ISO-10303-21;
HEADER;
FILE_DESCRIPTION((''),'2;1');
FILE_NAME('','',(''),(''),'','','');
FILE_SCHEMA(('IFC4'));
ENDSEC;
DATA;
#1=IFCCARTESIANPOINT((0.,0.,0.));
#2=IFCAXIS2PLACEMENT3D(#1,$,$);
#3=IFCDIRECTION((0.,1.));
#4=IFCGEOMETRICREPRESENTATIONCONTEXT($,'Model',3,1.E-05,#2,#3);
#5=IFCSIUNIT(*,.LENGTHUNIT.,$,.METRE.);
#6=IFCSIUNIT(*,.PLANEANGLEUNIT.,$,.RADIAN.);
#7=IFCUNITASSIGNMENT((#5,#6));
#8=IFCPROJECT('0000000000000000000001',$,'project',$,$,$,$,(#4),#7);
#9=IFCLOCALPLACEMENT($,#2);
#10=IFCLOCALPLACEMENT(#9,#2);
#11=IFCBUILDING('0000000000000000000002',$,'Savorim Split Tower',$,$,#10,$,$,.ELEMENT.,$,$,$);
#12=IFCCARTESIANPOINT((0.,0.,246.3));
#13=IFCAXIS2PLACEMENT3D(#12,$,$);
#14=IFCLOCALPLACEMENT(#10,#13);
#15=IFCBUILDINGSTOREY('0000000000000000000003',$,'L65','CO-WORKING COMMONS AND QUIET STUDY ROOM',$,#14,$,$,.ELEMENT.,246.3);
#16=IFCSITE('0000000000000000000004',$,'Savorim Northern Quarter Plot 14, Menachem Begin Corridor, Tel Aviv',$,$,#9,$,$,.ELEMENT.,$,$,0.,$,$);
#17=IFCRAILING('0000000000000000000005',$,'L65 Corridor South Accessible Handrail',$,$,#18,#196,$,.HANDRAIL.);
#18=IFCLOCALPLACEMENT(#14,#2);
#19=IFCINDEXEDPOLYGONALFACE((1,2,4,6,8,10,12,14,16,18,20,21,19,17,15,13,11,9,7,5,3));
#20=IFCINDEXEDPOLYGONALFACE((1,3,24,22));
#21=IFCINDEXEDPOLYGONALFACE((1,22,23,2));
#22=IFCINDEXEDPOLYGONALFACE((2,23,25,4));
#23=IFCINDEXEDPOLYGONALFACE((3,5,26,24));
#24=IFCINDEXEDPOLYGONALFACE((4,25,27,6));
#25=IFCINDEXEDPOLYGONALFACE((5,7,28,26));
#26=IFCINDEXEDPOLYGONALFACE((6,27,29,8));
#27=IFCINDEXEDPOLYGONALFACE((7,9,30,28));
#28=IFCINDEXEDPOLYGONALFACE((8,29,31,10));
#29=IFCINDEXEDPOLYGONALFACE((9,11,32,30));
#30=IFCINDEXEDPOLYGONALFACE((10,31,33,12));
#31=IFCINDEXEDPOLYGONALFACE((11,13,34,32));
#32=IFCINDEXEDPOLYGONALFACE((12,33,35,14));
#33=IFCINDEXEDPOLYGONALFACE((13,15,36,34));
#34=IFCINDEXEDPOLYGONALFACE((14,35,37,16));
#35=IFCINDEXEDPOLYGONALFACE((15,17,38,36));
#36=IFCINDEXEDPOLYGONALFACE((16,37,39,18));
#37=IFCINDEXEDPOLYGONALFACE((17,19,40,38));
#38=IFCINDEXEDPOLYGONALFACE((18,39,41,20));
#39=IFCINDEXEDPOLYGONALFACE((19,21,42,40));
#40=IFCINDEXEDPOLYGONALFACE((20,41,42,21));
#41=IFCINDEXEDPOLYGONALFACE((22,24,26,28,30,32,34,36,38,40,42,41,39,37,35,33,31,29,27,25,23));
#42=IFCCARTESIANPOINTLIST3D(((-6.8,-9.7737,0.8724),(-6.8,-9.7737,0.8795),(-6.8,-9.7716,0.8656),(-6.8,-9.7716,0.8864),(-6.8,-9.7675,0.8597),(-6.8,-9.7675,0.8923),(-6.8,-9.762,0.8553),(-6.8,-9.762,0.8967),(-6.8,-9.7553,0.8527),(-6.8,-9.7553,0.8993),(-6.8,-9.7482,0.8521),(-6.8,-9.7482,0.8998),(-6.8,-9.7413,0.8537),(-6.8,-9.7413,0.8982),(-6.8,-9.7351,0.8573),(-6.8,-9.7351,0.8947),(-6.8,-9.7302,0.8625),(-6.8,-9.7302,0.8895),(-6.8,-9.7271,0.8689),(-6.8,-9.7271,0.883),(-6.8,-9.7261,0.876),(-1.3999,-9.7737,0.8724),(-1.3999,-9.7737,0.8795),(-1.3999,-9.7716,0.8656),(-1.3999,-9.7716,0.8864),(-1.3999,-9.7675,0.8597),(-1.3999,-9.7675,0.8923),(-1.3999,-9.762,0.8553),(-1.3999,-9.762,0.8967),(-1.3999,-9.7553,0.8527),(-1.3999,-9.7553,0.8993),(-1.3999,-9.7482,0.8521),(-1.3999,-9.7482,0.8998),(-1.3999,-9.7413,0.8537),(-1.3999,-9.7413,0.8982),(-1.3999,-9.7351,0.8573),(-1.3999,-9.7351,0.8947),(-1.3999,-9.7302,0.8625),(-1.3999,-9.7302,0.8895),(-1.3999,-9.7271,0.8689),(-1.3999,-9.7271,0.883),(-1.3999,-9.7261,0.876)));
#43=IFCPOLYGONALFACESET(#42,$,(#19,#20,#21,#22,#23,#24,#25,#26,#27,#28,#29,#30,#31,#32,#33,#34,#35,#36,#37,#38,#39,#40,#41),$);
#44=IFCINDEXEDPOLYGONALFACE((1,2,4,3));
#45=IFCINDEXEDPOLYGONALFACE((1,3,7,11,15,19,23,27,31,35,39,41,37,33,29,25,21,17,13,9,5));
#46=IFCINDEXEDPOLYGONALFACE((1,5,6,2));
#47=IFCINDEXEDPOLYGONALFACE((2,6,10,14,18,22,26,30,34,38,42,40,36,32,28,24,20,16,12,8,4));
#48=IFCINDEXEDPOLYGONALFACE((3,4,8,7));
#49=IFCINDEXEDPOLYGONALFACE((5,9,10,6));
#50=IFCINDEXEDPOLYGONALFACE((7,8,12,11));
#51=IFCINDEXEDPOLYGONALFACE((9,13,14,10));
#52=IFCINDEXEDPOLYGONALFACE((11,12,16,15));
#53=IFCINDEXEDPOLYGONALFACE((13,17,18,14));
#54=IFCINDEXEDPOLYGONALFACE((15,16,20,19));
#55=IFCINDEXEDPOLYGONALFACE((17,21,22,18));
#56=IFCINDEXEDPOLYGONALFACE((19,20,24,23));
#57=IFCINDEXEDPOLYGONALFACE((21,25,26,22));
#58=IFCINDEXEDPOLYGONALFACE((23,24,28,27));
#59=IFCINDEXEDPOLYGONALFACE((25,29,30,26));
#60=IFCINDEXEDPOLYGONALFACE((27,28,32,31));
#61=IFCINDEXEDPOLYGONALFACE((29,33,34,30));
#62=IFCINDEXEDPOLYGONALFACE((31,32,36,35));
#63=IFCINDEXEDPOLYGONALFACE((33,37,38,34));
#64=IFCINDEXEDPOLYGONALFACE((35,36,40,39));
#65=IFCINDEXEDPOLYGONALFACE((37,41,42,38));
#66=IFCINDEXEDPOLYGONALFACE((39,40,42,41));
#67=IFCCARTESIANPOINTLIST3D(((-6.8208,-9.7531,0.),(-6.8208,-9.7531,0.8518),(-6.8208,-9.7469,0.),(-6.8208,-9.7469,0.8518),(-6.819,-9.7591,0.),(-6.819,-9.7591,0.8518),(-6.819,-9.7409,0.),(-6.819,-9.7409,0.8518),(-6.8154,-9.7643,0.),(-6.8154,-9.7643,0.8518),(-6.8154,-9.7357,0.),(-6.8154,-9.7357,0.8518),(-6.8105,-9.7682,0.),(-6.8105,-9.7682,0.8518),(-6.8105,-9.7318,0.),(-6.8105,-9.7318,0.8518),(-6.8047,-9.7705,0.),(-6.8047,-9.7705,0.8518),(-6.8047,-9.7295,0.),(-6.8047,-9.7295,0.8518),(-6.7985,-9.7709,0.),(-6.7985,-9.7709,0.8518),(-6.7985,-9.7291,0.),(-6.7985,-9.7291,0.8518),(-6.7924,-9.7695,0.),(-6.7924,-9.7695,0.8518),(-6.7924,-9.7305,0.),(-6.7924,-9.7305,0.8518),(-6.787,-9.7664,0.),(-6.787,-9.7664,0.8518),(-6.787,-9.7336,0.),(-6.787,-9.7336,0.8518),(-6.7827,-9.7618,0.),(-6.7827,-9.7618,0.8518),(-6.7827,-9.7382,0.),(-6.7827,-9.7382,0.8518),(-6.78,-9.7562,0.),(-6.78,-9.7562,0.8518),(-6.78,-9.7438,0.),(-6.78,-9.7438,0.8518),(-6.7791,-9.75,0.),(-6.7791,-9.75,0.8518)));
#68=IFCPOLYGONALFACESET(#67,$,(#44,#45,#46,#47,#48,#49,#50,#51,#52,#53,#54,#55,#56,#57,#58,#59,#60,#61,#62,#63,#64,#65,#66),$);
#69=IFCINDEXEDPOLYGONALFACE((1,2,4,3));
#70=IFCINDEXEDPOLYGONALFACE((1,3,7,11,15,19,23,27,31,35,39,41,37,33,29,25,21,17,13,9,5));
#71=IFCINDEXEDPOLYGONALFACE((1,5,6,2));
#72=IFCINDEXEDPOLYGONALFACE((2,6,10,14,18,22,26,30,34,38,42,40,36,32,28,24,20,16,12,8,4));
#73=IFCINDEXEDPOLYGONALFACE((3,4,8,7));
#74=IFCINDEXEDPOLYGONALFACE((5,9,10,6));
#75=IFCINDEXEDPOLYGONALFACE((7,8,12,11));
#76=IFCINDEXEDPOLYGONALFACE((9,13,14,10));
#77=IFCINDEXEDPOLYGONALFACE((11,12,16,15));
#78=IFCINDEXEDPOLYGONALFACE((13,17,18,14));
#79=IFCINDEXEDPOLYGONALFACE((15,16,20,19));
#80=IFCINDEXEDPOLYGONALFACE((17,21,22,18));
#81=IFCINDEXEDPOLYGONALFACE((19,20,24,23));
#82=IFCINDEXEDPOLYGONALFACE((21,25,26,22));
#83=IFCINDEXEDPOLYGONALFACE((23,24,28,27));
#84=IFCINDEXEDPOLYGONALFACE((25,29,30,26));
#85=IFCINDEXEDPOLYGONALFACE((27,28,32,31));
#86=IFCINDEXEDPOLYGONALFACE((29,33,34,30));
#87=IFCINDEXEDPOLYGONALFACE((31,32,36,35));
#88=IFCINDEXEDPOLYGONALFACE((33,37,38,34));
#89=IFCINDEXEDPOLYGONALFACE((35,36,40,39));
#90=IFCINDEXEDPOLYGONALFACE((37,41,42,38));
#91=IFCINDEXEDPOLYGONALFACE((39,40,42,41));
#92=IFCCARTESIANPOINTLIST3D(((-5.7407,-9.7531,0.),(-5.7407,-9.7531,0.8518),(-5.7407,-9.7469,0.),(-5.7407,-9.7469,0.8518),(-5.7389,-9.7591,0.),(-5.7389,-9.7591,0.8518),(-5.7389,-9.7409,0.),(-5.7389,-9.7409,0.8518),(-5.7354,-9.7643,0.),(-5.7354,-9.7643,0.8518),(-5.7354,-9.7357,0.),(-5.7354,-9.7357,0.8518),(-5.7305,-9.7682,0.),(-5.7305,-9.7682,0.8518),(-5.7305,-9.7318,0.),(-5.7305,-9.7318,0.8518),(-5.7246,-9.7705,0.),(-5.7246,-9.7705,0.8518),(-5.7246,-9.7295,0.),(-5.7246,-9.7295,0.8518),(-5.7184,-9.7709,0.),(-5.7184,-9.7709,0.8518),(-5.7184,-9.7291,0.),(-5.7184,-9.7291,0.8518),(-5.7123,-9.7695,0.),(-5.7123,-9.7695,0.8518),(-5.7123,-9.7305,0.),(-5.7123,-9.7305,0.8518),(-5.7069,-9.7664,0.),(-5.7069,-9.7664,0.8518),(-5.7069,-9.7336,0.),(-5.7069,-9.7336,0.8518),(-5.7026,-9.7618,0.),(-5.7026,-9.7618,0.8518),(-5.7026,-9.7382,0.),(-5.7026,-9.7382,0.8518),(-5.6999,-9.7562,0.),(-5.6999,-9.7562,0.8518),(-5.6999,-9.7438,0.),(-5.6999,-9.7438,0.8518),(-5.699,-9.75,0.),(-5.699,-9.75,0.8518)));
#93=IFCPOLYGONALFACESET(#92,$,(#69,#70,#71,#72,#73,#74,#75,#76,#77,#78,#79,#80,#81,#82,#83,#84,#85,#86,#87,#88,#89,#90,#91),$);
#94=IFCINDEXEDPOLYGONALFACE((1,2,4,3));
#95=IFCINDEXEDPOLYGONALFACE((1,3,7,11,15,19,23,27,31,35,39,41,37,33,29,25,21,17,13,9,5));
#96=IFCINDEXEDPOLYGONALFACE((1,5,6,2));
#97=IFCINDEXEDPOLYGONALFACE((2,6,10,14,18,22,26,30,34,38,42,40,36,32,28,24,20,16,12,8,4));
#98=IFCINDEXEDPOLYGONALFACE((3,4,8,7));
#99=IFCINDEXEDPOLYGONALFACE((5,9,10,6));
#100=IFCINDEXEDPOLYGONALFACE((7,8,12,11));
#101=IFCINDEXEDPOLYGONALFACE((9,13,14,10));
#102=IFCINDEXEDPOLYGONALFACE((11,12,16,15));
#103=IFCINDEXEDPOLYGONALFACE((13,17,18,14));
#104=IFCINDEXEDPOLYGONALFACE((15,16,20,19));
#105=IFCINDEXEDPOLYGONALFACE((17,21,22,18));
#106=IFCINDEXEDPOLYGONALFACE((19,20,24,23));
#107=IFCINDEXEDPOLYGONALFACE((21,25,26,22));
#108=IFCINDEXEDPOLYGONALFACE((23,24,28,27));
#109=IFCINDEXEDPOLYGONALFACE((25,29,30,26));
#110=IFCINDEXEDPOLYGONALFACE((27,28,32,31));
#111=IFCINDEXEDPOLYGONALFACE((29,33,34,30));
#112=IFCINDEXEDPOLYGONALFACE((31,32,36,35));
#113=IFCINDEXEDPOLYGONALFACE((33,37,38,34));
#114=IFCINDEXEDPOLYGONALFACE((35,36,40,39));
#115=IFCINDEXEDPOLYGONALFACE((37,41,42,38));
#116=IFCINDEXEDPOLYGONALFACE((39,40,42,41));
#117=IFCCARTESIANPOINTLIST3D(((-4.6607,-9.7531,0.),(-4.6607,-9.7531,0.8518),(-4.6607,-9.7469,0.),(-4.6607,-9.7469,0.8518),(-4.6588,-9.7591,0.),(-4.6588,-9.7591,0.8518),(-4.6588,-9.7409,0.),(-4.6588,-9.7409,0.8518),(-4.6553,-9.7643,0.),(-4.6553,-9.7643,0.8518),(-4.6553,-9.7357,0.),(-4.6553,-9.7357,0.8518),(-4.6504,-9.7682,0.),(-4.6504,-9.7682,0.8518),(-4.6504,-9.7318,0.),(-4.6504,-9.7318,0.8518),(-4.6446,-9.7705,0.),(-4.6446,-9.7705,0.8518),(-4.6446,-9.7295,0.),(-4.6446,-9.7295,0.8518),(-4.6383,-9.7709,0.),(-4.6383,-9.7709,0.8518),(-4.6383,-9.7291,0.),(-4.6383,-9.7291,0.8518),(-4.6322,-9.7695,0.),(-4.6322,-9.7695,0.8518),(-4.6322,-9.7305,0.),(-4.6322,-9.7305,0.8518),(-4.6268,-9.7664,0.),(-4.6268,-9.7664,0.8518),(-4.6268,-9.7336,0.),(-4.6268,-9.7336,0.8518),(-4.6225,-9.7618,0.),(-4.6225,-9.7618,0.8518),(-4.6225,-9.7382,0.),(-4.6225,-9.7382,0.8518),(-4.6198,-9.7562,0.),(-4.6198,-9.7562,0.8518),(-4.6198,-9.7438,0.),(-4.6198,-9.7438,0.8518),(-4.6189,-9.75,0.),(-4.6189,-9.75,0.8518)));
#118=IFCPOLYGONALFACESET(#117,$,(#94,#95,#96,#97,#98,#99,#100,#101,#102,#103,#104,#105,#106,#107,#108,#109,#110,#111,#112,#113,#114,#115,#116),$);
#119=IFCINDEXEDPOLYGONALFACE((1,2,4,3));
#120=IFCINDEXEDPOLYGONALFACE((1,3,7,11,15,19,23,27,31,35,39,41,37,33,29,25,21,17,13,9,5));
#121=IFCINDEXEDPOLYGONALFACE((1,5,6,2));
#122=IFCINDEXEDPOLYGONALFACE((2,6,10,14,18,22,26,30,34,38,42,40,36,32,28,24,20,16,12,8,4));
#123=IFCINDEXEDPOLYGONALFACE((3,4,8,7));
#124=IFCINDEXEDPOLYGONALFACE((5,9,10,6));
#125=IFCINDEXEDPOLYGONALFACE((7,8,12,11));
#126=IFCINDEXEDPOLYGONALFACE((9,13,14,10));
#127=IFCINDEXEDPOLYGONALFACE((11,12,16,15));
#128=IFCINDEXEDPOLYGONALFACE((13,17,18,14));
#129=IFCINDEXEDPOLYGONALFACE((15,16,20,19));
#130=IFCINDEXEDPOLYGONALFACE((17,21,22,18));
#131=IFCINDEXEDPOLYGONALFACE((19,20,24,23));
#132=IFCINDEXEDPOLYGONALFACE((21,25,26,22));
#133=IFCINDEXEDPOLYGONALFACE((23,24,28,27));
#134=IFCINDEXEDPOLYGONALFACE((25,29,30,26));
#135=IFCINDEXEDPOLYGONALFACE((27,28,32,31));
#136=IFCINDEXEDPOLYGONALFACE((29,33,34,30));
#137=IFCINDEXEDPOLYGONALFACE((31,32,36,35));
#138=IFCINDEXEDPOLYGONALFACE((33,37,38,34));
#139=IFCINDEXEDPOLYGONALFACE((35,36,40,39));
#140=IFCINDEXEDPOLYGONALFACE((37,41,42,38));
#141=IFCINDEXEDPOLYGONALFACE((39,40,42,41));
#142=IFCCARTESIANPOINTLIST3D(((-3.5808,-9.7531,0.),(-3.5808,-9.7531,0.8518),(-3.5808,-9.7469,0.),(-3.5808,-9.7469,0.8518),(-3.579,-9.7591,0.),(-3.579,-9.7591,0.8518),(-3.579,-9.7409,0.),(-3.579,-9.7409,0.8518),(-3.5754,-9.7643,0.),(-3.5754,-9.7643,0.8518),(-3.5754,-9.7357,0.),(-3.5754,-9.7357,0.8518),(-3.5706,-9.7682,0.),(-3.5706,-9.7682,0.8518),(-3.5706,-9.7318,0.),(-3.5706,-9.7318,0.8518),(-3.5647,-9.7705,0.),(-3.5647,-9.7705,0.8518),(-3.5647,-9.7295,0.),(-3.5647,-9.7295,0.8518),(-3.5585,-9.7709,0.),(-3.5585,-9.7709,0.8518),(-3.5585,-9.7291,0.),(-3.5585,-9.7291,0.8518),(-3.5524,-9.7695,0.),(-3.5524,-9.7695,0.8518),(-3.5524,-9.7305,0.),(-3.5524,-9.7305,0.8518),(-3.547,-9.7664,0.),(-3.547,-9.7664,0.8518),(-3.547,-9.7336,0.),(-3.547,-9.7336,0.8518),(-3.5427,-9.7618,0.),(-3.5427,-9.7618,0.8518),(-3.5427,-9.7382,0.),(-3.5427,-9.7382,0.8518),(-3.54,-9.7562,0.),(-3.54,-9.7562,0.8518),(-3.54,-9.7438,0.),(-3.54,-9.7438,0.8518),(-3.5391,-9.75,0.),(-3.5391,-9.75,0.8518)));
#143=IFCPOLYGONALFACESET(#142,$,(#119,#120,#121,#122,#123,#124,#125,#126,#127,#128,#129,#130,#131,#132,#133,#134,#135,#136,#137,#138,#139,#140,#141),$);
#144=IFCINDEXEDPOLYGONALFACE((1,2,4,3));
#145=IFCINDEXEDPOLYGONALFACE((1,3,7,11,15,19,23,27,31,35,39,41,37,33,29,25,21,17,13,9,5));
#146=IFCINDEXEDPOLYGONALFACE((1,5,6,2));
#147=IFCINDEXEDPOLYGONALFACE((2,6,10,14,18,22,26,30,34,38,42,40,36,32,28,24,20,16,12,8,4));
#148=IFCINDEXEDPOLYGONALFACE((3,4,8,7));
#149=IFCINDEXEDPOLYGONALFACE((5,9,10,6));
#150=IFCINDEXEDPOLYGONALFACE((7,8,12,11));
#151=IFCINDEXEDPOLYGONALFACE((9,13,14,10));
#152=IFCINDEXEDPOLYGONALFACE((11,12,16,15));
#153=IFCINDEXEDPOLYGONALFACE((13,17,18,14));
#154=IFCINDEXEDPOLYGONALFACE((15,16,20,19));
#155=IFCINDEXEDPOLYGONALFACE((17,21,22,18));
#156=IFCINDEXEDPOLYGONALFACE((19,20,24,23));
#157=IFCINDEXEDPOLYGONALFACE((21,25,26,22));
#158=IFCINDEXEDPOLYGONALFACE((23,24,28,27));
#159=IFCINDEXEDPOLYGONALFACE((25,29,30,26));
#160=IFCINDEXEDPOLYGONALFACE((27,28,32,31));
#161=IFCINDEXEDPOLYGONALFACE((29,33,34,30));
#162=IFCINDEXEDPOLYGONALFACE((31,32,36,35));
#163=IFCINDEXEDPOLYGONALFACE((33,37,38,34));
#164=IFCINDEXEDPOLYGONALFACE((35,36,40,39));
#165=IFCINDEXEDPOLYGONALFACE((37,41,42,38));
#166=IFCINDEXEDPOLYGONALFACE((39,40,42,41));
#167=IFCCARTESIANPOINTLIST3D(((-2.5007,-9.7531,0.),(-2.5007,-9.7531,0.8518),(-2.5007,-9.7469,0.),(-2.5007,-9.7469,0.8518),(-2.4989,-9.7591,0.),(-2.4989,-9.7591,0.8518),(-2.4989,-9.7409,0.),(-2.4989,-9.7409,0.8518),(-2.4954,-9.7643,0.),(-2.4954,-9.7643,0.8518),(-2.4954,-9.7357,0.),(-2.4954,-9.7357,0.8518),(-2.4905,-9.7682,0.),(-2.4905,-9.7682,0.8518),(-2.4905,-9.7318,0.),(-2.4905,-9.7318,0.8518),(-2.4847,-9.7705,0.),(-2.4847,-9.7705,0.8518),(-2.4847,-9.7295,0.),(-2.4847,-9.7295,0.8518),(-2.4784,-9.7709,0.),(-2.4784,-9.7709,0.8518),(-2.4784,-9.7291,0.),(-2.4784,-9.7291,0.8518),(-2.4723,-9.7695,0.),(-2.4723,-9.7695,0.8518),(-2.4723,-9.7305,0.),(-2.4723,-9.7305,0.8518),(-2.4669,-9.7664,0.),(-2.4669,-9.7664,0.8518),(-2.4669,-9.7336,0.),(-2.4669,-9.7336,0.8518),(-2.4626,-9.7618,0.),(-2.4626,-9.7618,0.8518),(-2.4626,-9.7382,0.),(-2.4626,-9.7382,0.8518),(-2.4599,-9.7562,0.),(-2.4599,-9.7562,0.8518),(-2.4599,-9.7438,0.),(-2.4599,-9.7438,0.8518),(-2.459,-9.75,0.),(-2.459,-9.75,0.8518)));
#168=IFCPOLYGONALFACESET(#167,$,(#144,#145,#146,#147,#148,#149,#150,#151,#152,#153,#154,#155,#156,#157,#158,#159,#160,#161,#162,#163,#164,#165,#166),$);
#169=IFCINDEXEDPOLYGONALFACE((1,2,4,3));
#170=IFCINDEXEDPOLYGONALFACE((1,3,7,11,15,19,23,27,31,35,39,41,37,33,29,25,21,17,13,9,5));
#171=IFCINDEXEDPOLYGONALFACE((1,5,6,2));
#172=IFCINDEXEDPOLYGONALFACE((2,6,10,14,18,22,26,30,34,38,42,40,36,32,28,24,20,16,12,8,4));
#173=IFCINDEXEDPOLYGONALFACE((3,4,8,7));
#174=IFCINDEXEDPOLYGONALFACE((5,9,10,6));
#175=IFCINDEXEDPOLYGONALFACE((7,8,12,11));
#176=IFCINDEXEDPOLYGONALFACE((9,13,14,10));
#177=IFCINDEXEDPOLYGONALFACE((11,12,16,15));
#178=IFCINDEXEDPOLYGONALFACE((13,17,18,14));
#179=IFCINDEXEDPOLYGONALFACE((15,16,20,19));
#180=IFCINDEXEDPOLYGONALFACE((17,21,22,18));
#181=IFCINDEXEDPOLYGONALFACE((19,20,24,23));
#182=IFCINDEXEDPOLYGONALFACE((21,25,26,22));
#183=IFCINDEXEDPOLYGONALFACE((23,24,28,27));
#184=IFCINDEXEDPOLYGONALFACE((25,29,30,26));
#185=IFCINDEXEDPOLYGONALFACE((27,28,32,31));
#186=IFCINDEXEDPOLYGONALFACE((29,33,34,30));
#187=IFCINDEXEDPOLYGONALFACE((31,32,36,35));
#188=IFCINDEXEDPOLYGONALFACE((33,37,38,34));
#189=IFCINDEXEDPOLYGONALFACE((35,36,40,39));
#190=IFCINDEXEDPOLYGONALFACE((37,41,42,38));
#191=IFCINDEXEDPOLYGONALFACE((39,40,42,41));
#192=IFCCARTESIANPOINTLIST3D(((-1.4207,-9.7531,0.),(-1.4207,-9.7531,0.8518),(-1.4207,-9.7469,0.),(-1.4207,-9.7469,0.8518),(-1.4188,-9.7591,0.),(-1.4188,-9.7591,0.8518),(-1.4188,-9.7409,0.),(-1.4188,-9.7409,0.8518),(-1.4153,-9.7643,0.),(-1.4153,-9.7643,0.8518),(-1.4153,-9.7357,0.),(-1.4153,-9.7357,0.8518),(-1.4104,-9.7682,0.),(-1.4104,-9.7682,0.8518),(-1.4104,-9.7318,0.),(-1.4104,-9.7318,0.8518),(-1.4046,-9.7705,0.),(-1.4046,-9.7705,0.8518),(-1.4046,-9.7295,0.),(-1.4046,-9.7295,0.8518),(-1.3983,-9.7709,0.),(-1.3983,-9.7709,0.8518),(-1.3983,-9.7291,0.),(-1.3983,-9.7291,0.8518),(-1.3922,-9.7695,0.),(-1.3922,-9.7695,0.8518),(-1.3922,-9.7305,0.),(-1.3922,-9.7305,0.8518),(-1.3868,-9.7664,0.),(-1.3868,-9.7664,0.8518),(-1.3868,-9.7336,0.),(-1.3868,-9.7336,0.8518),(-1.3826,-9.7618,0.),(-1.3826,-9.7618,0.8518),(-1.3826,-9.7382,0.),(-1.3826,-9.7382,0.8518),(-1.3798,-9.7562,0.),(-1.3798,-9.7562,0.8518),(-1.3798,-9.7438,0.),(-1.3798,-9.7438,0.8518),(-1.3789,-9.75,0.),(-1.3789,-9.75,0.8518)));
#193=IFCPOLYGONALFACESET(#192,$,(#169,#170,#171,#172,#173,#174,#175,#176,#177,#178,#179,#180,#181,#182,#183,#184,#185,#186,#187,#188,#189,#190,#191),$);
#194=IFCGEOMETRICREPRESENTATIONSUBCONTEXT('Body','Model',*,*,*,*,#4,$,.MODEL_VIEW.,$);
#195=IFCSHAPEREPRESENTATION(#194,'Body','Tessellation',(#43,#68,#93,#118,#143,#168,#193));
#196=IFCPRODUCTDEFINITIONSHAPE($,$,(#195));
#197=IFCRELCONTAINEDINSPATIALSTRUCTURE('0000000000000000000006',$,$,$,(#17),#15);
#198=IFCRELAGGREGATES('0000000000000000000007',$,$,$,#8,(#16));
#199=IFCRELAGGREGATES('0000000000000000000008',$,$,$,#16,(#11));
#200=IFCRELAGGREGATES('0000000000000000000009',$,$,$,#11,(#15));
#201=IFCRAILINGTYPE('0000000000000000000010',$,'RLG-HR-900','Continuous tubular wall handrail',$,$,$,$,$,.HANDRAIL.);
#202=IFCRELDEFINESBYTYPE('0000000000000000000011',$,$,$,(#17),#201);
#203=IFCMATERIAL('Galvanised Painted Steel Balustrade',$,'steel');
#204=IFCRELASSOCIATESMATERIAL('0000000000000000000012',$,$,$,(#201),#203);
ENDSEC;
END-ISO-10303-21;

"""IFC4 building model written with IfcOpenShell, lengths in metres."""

from ifc_helpers import new_model, si_unit, direction, frame, origin, origin_2d, place, context, subcontext, project, spatial, circle, extrude, material, type_object, element, save


model = new_model("IFC4")

# Units and contexts
model_context = context("Model", 3, precision=1e-05, world=origin(), true_north=direction((0.0, 1.0)))
body_context = subcontext(model_context, "Body", "Model", "MODEL_VIEW")
ifc_project = project(units=[si_unit("LENGTHUNIT", "METRE"), si_unit("PLANEANGLEUNIT", "RADIAN")], contexts=[model_context])

# Site, building, storey
site_placement = place(None, origin())
site = spatial("IfcSite", under=ifc_project, at=site_placement, Name="Savorim Northern Quarter Plot 14, Menachem Begin Corridor, Tel Aviv", CompositionType="ELEMENT", RefElevation=0.0)
building_placement = place(site_placement, origin())
building = spatial("IfcBuilding", under=site, at=building_placement, Name="Savorim Split Tower", CompositionType="ELEMENT")
storey_placement = place(building_placement, frame((0.0, 0.0, 246.3)))
storey = spatial("IfcBuildingStorey", under=building, at=storey_placement, Name="L65", Description="CO-WORKING COMMONS AND QUIET STUDY ROOM", CompositionType="ELEMENT", Elevation=246.3)

# Railing
ifc_material_1 = material(Name="Galvanised Painted Steel Balustrade", Category="steel")
railing_type_1 = type_object("IfcRailingType", Name="RLG-HR-900", Description="Continuous tubular wall handrail", PredefinedType="HANDRAIL", material=ifc_material_1)
railing_1_placement = place(storey_placement, frame((-6.8, -9.75, 0.0)))
element("IfcRailing", 1, at=railing_1_placement, inside=storey, type_object=railing_type_1, Name="L65 Corridor South Accessible Handrail", PredefinedType="HANDRAIL", context=body_context, shape_type="SweptSolid", body=[
    extrude(circle(Radius=0.0239, at=origin_2d()), frame((0.0, 0.0, 0.876), z_axis=(1.0, 0.0, 0.0), x_axis=(0.0, 1.0, 0.0)), (0.0, 0.0, 1.0), 5.4001),
    extrude(circle(Radius=0.021, at=origin_2d()), origin(), (0.0, 0.0, 1.0), 0.8518),
    extrude(circle(Radius=0.021, at=origin_2d()), frame((1.0801, 0.0, 0.0)), (0.0, 0.0, 1.0), 0.8518),
    extrude(circle(Radius=0.021, at=origin_2d()), frame((2.1602, 0.0, 0.0)), (0.0, 0.0, 1.0), 0.8518),
    extrude(circle(Radius=0.021, at=origin_2d()), frame((3.24, 0.0, 0.0)), (0.0, 0.0, 1.0), 0.8518),
    extrude(circle(Radius=0.021, at=origin_2d()), frame((4.3201, 0.0, 0.0)), (0.0, 0.0, 1.0), 0.8518),
    extrude(circle(Radius=0.021, at=origin_2d()), frame((5.4001, 0.0, 0.0)), (0.0, 0.0, 1.0), 0.8518),
])

save(model, "model.ifc")
